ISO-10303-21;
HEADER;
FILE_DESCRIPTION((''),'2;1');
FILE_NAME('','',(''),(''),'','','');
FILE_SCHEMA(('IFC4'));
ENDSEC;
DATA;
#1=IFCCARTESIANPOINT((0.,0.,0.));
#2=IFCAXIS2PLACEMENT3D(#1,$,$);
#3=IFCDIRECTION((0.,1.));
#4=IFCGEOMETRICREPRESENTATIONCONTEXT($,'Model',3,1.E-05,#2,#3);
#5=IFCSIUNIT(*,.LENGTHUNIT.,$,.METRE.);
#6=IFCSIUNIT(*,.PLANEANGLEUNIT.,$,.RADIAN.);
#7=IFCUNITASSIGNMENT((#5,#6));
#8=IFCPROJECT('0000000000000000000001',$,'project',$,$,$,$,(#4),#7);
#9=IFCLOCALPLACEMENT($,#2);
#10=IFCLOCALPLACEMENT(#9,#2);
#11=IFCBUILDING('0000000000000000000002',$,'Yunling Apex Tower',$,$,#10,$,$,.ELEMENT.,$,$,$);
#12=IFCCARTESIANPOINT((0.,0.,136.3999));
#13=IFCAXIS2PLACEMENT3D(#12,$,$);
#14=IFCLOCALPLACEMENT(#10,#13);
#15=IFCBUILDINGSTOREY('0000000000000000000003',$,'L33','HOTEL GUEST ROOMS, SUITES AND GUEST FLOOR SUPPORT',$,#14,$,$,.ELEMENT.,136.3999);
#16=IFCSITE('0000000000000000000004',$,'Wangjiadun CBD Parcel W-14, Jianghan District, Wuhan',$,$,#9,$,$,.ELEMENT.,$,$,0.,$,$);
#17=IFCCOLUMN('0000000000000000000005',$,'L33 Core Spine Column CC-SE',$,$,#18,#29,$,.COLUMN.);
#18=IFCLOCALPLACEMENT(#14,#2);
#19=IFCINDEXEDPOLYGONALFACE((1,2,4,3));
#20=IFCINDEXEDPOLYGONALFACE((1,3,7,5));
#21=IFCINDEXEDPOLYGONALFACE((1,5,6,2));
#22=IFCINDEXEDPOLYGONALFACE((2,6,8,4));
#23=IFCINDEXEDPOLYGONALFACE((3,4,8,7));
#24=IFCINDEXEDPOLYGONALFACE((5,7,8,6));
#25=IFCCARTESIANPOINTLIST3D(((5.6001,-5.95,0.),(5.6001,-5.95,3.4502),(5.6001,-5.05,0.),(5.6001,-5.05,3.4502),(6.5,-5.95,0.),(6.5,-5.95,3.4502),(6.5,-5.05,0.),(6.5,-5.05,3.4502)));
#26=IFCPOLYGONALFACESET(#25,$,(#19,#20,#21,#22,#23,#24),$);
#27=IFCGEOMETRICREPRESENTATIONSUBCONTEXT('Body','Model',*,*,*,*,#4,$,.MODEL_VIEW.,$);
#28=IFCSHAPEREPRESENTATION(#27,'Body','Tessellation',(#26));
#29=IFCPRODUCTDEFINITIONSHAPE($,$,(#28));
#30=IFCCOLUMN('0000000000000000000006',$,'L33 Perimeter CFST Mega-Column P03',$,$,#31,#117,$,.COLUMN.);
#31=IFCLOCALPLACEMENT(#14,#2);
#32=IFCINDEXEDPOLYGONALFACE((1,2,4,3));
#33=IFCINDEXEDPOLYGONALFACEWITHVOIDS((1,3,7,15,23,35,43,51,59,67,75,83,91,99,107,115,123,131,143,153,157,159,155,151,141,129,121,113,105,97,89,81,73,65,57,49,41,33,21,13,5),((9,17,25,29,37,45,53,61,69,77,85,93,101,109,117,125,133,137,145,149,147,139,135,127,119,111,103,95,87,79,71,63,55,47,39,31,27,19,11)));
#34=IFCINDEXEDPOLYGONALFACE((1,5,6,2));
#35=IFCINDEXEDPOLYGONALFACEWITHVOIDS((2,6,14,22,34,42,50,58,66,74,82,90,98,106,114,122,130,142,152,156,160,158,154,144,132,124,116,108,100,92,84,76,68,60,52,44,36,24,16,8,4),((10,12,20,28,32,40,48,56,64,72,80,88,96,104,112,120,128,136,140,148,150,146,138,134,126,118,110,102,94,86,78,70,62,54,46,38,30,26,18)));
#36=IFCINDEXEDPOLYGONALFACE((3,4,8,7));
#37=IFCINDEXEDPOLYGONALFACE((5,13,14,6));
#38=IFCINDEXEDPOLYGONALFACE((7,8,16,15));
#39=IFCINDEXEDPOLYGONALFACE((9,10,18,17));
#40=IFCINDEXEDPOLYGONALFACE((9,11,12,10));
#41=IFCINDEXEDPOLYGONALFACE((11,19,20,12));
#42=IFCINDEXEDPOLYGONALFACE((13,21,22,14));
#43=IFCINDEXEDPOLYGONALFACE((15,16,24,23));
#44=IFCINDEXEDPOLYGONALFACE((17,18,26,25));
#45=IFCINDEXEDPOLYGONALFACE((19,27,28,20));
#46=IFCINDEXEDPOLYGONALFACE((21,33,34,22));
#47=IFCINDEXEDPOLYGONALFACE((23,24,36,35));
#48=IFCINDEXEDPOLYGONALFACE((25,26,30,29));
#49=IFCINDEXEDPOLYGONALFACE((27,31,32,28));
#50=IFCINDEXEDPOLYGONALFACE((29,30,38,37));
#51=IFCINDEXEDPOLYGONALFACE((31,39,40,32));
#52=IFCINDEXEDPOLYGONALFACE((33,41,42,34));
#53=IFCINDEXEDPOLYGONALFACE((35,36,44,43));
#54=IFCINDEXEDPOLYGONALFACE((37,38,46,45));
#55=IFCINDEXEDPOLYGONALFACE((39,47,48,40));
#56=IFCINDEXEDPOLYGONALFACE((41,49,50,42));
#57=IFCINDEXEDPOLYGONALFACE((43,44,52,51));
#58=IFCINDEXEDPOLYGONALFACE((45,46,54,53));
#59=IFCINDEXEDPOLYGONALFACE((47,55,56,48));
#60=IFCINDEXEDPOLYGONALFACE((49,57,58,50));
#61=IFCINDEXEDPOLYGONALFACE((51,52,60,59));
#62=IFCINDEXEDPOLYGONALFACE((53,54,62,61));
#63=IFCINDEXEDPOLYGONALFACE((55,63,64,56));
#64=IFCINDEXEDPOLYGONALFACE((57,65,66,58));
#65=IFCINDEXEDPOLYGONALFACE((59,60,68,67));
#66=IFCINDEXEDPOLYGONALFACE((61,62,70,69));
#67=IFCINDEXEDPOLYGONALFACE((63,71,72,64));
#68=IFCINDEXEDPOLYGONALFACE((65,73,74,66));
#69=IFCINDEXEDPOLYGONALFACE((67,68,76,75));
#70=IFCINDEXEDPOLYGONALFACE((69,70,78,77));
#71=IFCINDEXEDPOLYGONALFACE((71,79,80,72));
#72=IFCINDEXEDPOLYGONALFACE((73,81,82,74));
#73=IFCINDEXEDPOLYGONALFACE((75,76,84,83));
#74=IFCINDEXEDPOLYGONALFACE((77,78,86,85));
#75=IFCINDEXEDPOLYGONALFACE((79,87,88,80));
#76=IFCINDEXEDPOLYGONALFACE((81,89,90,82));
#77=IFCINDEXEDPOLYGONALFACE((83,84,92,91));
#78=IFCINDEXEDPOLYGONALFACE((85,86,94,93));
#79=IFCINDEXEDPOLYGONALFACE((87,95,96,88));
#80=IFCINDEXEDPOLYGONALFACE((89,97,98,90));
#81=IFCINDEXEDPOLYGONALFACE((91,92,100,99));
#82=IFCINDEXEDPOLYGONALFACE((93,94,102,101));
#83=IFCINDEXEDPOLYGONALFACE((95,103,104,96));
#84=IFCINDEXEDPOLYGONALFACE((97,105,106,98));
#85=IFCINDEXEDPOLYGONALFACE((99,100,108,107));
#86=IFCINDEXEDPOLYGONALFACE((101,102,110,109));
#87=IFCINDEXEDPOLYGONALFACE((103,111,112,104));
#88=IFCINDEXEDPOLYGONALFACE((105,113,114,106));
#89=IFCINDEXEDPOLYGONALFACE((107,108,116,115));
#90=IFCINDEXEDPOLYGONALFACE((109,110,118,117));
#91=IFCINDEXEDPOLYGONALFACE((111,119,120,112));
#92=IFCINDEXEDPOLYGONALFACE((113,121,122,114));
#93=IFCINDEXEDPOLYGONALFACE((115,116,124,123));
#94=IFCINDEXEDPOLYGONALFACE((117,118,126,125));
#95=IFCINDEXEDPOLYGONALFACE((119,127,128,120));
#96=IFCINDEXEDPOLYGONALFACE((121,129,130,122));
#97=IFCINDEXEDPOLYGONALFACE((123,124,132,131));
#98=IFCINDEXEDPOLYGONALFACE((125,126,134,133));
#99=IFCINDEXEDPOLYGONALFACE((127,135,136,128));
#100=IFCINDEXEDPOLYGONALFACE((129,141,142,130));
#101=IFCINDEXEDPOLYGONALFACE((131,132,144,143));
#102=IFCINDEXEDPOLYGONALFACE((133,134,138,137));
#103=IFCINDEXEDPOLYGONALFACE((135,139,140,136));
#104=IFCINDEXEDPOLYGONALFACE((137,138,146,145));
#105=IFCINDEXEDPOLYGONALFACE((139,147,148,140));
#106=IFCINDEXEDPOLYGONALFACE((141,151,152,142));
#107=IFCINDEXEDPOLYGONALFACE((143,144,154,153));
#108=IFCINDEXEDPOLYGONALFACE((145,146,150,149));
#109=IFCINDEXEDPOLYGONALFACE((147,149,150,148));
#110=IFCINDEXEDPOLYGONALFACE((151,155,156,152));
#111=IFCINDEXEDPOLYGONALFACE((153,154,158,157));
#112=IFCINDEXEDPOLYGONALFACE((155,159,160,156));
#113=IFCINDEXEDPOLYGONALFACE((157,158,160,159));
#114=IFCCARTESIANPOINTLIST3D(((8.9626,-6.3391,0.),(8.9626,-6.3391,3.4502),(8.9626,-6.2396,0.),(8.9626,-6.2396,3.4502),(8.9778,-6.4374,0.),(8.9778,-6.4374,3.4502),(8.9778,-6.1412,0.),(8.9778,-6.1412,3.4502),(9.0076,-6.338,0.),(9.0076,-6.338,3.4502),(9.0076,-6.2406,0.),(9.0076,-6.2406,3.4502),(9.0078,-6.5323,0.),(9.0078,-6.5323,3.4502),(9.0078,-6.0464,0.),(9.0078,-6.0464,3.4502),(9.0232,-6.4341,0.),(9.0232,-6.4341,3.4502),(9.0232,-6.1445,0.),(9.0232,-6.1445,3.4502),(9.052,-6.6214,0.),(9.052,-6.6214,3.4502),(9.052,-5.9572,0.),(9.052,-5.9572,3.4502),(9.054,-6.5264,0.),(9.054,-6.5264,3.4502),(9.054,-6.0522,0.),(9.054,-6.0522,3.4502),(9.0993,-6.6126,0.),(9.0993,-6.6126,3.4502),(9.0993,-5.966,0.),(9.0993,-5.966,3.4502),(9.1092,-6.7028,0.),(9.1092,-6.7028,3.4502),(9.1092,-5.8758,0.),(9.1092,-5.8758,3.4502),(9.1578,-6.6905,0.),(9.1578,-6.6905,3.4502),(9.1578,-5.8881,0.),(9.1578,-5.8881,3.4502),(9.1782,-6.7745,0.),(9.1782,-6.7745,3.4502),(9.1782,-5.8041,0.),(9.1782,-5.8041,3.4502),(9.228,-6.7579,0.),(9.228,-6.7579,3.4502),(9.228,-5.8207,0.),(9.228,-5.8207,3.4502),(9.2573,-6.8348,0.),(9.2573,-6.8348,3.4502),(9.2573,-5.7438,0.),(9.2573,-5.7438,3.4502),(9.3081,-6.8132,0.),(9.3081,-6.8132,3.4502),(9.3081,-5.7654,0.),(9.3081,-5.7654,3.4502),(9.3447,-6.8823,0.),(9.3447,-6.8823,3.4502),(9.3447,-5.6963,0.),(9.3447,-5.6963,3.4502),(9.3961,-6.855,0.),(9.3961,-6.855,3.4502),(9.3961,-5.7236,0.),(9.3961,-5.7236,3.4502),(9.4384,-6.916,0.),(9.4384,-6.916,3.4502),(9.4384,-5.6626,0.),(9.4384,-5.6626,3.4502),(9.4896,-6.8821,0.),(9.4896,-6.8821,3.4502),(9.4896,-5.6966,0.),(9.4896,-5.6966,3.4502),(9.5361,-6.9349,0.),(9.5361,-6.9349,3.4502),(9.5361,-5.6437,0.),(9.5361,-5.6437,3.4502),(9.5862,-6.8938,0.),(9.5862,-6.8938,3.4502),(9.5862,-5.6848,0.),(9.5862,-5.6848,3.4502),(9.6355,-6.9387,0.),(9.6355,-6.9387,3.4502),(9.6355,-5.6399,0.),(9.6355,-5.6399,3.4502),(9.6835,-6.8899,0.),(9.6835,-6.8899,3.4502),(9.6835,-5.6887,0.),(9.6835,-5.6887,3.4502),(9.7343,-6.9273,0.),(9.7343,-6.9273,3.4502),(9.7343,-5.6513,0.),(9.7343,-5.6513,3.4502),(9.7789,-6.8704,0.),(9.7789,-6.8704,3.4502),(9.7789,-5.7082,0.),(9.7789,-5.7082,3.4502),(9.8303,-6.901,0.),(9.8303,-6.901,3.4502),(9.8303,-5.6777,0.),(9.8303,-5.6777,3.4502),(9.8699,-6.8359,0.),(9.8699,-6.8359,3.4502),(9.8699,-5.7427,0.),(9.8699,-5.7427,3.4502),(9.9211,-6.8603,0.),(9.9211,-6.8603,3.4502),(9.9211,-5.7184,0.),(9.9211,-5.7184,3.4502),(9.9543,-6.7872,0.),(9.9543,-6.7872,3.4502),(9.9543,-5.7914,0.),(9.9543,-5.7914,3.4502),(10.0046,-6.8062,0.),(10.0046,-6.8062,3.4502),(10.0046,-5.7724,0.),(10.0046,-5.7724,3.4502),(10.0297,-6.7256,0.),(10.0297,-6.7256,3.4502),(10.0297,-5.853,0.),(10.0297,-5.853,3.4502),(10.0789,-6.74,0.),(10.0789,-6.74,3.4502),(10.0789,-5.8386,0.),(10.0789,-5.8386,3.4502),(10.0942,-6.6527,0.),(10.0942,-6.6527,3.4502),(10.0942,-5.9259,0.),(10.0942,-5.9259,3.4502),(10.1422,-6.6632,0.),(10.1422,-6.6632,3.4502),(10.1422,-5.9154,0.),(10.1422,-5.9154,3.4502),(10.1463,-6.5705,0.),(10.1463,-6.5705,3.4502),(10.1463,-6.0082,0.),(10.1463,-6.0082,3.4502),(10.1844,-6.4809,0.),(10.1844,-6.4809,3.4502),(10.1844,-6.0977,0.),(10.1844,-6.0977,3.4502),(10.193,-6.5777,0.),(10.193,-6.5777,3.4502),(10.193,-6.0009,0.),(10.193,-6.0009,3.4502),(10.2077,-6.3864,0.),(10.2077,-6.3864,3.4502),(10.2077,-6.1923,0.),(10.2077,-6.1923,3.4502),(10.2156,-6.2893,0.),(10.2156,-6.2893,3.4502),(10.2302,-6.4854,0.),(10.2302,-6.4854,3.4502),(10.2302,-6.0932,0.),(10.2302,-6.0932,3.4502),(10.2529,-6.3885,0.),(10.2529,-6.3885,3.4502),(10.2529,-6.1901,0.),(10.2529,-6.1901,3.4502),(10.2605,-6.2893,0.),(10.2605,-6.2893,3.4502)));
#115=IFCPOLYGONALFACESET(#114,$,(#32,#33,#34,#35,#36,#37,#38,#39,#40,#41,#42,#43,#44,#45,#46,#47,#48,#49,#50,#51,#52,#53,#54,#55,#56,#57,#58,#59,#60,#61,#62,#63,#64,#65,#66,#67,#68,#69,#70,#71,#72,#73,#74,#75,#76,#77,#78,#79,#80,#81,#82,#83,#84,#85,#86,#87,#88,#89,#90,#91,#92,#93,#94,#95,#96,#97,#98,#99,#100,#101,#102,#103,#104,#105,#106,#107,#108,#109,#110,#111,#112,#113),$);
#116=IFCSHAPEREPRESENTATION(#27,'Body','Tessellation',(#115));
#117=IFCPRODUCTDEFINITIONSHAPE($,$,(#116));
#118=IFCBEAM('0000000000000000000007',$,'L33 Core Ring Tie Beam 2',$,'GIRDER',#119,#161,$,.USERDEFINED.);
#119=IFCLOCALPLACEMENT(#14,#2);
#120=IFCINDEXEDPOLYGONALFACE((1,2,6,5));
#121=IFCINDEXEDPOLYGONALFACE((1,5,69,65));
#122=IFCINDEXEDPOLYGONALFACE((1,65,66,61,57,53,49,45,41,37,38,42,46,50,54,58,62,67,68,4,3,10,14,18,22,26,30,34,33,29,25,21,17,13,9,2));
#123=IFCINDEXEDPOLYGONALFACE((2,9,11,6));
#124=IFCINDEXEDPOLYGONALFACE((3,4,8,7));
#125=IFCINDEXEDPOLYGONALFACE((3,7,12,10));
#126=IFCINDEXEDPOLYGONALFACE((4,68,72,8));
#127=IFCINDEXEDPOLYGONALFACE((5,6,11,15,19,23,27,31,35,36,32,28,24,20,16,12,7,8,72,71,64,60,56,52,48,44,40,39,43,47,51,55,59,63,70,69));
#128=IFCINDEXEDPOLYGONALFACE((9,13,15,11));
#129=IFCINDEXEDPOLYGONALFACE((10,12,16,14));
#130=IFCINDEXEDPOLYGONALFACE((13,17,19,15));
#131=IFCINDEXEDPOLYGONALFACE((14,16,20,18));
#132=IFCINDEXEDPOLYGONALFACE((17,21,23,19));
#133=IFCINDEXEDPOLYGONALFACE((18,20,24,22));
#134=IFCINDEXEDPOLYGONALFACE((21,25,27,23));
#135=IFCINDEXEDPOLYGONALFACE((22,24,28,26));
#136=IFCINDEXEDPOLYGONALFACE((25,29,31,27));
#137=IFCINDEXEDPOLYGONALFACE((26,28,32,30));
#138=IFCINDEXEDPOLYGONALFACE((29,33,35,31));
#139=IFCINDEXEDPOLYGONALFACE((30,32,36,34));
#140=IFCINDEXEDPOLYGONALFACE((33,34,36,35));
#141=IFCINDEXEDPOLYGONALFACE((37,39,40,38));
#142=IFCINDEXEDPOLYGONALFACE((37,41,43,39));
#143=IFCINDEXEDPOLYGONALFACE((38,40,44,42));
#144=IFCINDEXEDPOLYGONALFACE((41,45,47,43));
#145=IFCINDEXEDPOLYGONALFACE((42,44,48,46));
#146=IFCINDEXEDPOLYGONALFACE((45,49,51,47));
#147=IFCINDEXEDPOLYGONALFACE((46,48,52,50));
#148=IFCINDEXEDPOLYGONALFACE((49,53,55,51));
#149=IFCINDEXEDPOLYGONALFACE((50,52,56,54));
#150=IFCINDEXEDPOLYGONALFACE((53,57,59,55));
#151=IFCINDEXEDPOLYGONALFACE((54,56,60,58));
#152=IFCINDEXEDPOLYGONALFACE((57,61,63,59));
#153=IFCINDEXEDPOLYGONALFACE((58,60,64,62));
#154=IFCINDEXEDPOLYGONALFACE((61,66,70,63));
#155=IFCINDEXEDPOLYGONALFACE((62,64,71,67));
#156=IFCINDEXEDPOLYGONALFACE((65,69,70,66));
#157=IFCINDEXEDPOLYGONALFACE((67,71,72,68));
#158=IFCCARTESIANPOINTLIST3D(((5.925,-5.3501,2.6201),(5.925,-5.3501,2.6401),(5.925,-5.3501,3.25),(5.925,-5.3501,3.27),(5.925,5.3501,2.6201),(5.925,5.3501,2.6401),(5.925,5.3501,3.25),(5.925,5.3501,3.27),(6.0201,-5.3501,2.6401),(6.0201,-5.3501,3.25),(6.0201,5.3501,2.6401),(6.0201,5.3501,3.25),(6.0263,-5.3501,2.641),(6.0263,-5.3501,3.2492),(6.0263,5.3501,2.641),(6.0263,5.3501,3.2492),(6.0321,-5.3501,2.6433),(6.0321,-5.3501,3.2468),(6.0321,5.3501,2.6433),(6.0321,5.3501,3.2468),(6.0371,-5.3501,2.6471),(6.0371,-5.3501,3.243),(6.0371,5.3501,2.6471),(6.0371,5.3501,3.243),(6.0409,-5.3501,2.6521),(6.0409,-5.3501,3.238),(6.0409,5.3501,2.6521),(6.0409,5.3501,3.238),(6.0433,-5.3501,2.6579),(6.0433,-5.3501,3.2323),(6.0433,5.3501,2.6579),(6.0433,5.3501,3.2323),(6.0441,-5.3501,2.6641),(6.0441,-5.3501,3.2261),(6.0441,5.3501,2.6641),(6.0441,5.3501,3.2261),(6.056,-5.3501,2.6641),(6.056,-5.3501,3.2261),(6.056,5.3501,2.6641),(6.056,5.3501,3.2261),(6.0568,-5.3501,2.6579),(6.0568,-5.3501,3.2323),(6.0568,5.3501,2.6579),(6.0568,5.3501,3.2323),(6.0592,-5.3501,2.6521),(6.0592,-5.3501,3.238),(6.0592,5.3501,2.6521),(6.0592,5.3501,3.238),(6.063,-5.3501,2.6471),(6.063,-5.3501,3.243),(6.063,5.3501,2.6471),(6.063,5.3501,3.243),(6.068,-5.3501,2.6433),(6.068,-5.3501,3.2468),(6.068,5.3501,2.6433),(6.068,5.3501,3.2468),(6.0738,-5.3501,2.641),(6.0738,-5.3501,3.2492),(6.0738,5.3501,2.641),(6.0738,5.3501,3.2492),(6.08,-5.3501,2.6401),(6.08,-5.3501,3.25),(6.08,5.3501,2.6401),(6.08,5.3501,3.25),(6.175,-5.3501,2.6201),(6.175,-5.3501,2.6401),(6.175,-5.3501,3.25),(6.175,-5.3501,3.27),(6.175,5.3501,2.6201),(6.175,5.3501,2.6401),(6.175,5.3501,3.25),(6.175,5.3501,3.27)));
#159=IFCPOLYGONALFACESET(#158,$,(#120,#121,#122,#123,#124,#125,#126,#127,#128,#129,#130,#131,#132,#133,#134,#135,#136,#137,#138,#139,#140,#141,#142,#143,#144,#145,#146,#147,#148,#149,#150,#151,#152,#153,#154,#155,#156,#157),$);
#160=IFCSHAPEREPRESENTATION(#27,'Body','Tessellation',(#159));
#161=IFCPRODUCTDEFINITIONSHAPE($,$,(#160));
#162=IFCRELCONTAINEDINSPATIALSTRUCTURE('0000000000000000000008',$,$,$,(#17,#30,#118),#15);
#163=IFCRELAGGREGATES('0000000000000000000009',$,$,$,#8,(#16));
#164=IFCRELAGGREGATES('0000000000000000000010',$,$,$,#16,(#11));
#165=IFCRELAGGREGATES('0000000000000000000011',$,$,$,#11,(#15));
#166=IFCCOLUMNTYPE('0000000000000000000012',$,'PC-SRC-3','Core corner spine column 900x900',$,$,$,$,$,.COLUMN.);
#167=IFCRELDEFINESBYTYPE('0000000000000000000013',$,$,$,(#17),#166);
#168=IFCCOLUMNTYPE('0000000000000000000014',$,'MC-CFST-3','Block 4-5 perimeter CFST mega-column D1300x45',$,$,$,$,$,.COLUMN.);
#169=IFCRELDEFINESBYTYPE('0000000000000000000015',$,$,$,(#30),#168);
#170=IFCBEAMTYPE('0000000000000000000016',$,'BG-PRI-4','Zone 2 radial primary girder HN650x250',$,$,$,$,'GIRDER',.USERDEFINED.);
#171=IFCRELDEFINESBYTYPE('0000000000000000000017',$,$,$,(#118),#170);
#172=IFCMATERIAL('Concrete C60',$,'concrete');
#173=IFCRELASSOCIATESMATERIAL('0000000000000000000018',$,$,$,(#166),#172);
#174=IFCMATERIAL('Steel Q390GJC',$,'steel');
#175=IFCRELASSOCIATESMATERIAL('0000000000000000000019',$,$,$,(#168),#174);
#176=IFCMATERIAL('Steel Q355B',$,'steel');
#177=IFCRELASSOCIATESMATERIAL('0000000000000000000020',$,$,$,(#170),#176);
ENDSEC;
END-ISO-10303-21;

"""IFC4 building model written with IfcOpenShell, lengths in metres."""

from ifc_helpers import new_model, si_unit, direction, frame, origin, origin_2d, place, context, subcontext, project, spatial, rectangle, hollow_circle, i_section, extrude, source, transform, mapped, material, material_profile, profile_set, type_object, element, save


model = new_model("IFC4")

# Units and contexts
model_context = context("Model", 3, precision=1e-05, world=origin(), true_north=direction((0.0, 1.0)))
body_context = subcontext(model_context, "Body", "Model", "MODEL_VIEW")
ifc_project = project(units=[si_unit("LENGTHUNIT", "METRE"), si_unit("PLANEANGLEUNIT", "RADIAN")], contexts=[model_context])

# Site, building, storey
site_placement = place(None, origin())
site = spatial("IfcSite", under=ifc_project, at=site_placement, Name="Wangjiadun CBD Parcel W-14, Jianghan District, Wuhan", CompositionType="ELEMENT", RefElevation=0.0)
building_placement = place(site_placement, origin())
building = spatial("IfcBuilding", under=site, at=building_placement, Name="Yunling Apex Tower", CompositionType="ELEMENT")
storey_placement = place(building_placement, frame((0.0, 0.0, 136.3999)))
storey = spatial("IfcBuildingStorey", under=building, at=storey_placement, Name="L33", Description="HOTEL GUEST ROOMS, SUITES AND GUEST FLOOR SUPPORT", CompositionType="ELEMENT", Elevation=136.3999)

# Columns
ifc_material_1 = material(Name="Concrete C60", Category="concrete")
ifc_material_profile_1 = material_profile(ifc_material_1, rectangle(XDim=0.8999, YDim=0.8999, at=origin_2d()))
ifc_profile_set_1 = profile_set([ifc_material_profile_1], Name="Concrete C60")
column_type_1 = type_object("IfcColumnType", Name="PC-SRC-3", Description="Core corner spine column 900x900", PredefinedType="COLUMN", material=ifc_profile_set_1)
shared_shape_1 = source(origin(), body_context, "Body", "SweptSolid", [
    extrude(rectangle(XDim=0.8999, YDim=0.8999, at=origin_2d()), origin(), (0.0, 0.0, 1.0), 3.4502),
])
column_1_placement = place(storey_placement, frame((6.05, -5.5, 0.0), z_axis=(0.0, 0.0, 1.0), x_axis=(1.0, 0.0, 0.0)))
element("IfcColumn", 1, at=column_1_placement, inside=storey, type_object=column_type_1, Name="L33 Core Spine Column CC-SE", PredefinedType="COLUMN", context=body_context, shape_type="MappedRepresentation", body=[
    mapped(shared_shape_1, transform((0.0, 0.0, 0.0), scale=1.0)),
])
ifc_material_2 = material(Name="Steel Q390GJC", Category="steel")
ifc_material_profile_2 = material_profile(ifc_material_2, hollow_circle(Radius=0.6499, WallThickness=0.0449, at=origin_2d()))
ifc_profile_set_2 = profile_set([ifc_material_profile_2], Name="Steel Q390GJC")
column_type_2 = type_object("IfcColumnType", Name="MC-CFST-3", Description="Block 4-5 perimeter CFST mega-column D1300x45", PredefinedType="COLUMN", material=ifc_profile_set_2)
shared_shape_2 = source(origin(), body_context, "Body", "SweptSolid", [
    extrude(hollow_circle(Radius=0.6499, WallThickness=0.0449, at=origin_2d()), origin(), (0.0, 0.0, 1.0), 3.4502),
])
column_2_placement = place(storey_placement, frame((9.6106, -6.2893, 0.0), z_axis=(0.0, 0.0, 1.0), x_axis=(1.0, 0.0, 0.0)))
element("IfcColumn", 2, at=column_2_placement, inside=storey, type_object=column_type_2, Name="L33 Perimeter CFST Mega-Column P03", PredefinedType="COLUMN", context=body_context, shape_type="MappedRepresentation", body=[
    mapped(shared_shape_2, transform((0.0, 0.0, 0.0), scale=1.0)),
])

# Beam
ifc_material_3 = material(Name="Steel Q355B", Category="steel")
ifc_material_profile_3 = material_profile(ifc_material_3, i_section(OverallWidth=0.25, OverallDepth=0.6499, WebThickness=0.012, FlangeThickness=0.02, FilletRadius=0.0239, at=origin_2d()))
ifc_profile_set_3 = profile_set([ifc_material_profile_3], Name="Steel Q355B")
beam_type_1 = type_object("IfcBeamType", Name="BG-PRI-4", Description="Zone 2 radial primary girder HN650x250", ElementType="GIRDER", PredefinedType="USERDEFINED", material=ifc_profile_set_3)
shared_shape_3 = source(origin(), body_context, "Body", "SweptSolid", [
    extrude(i_section(OverallWidth=0.25, OverallDepth=0.6499, WebThickness=0.012, FlangeThickness=0.02, FilletRadius=0.0239, at=origin_2d()), origin(), (0.0, 0.0, 1.0), 10.7002),
])
beam_1_placement = place(storey_placement, frame((6.05, -5.3501, 2.9451), z_axis=(0.0, 1.0, 0.0), x_axis=(-1.0, 0.0, 0.0)))
element("IfcBeam", 3, at=beam_1_placement, inside=storey, type_object=beam_type_1, Name="L33 Core Ring Tie Beam 2", ObjectType="GIRDER", PredefinedType="USERDEFINED", context=body_context, shape_type="MappedRepresentation", body=[
    mapped(shared_shape_3, transform((0.0, 0.0, 0.0), scale=1.0)),
])

save(model, "model.ifc")
